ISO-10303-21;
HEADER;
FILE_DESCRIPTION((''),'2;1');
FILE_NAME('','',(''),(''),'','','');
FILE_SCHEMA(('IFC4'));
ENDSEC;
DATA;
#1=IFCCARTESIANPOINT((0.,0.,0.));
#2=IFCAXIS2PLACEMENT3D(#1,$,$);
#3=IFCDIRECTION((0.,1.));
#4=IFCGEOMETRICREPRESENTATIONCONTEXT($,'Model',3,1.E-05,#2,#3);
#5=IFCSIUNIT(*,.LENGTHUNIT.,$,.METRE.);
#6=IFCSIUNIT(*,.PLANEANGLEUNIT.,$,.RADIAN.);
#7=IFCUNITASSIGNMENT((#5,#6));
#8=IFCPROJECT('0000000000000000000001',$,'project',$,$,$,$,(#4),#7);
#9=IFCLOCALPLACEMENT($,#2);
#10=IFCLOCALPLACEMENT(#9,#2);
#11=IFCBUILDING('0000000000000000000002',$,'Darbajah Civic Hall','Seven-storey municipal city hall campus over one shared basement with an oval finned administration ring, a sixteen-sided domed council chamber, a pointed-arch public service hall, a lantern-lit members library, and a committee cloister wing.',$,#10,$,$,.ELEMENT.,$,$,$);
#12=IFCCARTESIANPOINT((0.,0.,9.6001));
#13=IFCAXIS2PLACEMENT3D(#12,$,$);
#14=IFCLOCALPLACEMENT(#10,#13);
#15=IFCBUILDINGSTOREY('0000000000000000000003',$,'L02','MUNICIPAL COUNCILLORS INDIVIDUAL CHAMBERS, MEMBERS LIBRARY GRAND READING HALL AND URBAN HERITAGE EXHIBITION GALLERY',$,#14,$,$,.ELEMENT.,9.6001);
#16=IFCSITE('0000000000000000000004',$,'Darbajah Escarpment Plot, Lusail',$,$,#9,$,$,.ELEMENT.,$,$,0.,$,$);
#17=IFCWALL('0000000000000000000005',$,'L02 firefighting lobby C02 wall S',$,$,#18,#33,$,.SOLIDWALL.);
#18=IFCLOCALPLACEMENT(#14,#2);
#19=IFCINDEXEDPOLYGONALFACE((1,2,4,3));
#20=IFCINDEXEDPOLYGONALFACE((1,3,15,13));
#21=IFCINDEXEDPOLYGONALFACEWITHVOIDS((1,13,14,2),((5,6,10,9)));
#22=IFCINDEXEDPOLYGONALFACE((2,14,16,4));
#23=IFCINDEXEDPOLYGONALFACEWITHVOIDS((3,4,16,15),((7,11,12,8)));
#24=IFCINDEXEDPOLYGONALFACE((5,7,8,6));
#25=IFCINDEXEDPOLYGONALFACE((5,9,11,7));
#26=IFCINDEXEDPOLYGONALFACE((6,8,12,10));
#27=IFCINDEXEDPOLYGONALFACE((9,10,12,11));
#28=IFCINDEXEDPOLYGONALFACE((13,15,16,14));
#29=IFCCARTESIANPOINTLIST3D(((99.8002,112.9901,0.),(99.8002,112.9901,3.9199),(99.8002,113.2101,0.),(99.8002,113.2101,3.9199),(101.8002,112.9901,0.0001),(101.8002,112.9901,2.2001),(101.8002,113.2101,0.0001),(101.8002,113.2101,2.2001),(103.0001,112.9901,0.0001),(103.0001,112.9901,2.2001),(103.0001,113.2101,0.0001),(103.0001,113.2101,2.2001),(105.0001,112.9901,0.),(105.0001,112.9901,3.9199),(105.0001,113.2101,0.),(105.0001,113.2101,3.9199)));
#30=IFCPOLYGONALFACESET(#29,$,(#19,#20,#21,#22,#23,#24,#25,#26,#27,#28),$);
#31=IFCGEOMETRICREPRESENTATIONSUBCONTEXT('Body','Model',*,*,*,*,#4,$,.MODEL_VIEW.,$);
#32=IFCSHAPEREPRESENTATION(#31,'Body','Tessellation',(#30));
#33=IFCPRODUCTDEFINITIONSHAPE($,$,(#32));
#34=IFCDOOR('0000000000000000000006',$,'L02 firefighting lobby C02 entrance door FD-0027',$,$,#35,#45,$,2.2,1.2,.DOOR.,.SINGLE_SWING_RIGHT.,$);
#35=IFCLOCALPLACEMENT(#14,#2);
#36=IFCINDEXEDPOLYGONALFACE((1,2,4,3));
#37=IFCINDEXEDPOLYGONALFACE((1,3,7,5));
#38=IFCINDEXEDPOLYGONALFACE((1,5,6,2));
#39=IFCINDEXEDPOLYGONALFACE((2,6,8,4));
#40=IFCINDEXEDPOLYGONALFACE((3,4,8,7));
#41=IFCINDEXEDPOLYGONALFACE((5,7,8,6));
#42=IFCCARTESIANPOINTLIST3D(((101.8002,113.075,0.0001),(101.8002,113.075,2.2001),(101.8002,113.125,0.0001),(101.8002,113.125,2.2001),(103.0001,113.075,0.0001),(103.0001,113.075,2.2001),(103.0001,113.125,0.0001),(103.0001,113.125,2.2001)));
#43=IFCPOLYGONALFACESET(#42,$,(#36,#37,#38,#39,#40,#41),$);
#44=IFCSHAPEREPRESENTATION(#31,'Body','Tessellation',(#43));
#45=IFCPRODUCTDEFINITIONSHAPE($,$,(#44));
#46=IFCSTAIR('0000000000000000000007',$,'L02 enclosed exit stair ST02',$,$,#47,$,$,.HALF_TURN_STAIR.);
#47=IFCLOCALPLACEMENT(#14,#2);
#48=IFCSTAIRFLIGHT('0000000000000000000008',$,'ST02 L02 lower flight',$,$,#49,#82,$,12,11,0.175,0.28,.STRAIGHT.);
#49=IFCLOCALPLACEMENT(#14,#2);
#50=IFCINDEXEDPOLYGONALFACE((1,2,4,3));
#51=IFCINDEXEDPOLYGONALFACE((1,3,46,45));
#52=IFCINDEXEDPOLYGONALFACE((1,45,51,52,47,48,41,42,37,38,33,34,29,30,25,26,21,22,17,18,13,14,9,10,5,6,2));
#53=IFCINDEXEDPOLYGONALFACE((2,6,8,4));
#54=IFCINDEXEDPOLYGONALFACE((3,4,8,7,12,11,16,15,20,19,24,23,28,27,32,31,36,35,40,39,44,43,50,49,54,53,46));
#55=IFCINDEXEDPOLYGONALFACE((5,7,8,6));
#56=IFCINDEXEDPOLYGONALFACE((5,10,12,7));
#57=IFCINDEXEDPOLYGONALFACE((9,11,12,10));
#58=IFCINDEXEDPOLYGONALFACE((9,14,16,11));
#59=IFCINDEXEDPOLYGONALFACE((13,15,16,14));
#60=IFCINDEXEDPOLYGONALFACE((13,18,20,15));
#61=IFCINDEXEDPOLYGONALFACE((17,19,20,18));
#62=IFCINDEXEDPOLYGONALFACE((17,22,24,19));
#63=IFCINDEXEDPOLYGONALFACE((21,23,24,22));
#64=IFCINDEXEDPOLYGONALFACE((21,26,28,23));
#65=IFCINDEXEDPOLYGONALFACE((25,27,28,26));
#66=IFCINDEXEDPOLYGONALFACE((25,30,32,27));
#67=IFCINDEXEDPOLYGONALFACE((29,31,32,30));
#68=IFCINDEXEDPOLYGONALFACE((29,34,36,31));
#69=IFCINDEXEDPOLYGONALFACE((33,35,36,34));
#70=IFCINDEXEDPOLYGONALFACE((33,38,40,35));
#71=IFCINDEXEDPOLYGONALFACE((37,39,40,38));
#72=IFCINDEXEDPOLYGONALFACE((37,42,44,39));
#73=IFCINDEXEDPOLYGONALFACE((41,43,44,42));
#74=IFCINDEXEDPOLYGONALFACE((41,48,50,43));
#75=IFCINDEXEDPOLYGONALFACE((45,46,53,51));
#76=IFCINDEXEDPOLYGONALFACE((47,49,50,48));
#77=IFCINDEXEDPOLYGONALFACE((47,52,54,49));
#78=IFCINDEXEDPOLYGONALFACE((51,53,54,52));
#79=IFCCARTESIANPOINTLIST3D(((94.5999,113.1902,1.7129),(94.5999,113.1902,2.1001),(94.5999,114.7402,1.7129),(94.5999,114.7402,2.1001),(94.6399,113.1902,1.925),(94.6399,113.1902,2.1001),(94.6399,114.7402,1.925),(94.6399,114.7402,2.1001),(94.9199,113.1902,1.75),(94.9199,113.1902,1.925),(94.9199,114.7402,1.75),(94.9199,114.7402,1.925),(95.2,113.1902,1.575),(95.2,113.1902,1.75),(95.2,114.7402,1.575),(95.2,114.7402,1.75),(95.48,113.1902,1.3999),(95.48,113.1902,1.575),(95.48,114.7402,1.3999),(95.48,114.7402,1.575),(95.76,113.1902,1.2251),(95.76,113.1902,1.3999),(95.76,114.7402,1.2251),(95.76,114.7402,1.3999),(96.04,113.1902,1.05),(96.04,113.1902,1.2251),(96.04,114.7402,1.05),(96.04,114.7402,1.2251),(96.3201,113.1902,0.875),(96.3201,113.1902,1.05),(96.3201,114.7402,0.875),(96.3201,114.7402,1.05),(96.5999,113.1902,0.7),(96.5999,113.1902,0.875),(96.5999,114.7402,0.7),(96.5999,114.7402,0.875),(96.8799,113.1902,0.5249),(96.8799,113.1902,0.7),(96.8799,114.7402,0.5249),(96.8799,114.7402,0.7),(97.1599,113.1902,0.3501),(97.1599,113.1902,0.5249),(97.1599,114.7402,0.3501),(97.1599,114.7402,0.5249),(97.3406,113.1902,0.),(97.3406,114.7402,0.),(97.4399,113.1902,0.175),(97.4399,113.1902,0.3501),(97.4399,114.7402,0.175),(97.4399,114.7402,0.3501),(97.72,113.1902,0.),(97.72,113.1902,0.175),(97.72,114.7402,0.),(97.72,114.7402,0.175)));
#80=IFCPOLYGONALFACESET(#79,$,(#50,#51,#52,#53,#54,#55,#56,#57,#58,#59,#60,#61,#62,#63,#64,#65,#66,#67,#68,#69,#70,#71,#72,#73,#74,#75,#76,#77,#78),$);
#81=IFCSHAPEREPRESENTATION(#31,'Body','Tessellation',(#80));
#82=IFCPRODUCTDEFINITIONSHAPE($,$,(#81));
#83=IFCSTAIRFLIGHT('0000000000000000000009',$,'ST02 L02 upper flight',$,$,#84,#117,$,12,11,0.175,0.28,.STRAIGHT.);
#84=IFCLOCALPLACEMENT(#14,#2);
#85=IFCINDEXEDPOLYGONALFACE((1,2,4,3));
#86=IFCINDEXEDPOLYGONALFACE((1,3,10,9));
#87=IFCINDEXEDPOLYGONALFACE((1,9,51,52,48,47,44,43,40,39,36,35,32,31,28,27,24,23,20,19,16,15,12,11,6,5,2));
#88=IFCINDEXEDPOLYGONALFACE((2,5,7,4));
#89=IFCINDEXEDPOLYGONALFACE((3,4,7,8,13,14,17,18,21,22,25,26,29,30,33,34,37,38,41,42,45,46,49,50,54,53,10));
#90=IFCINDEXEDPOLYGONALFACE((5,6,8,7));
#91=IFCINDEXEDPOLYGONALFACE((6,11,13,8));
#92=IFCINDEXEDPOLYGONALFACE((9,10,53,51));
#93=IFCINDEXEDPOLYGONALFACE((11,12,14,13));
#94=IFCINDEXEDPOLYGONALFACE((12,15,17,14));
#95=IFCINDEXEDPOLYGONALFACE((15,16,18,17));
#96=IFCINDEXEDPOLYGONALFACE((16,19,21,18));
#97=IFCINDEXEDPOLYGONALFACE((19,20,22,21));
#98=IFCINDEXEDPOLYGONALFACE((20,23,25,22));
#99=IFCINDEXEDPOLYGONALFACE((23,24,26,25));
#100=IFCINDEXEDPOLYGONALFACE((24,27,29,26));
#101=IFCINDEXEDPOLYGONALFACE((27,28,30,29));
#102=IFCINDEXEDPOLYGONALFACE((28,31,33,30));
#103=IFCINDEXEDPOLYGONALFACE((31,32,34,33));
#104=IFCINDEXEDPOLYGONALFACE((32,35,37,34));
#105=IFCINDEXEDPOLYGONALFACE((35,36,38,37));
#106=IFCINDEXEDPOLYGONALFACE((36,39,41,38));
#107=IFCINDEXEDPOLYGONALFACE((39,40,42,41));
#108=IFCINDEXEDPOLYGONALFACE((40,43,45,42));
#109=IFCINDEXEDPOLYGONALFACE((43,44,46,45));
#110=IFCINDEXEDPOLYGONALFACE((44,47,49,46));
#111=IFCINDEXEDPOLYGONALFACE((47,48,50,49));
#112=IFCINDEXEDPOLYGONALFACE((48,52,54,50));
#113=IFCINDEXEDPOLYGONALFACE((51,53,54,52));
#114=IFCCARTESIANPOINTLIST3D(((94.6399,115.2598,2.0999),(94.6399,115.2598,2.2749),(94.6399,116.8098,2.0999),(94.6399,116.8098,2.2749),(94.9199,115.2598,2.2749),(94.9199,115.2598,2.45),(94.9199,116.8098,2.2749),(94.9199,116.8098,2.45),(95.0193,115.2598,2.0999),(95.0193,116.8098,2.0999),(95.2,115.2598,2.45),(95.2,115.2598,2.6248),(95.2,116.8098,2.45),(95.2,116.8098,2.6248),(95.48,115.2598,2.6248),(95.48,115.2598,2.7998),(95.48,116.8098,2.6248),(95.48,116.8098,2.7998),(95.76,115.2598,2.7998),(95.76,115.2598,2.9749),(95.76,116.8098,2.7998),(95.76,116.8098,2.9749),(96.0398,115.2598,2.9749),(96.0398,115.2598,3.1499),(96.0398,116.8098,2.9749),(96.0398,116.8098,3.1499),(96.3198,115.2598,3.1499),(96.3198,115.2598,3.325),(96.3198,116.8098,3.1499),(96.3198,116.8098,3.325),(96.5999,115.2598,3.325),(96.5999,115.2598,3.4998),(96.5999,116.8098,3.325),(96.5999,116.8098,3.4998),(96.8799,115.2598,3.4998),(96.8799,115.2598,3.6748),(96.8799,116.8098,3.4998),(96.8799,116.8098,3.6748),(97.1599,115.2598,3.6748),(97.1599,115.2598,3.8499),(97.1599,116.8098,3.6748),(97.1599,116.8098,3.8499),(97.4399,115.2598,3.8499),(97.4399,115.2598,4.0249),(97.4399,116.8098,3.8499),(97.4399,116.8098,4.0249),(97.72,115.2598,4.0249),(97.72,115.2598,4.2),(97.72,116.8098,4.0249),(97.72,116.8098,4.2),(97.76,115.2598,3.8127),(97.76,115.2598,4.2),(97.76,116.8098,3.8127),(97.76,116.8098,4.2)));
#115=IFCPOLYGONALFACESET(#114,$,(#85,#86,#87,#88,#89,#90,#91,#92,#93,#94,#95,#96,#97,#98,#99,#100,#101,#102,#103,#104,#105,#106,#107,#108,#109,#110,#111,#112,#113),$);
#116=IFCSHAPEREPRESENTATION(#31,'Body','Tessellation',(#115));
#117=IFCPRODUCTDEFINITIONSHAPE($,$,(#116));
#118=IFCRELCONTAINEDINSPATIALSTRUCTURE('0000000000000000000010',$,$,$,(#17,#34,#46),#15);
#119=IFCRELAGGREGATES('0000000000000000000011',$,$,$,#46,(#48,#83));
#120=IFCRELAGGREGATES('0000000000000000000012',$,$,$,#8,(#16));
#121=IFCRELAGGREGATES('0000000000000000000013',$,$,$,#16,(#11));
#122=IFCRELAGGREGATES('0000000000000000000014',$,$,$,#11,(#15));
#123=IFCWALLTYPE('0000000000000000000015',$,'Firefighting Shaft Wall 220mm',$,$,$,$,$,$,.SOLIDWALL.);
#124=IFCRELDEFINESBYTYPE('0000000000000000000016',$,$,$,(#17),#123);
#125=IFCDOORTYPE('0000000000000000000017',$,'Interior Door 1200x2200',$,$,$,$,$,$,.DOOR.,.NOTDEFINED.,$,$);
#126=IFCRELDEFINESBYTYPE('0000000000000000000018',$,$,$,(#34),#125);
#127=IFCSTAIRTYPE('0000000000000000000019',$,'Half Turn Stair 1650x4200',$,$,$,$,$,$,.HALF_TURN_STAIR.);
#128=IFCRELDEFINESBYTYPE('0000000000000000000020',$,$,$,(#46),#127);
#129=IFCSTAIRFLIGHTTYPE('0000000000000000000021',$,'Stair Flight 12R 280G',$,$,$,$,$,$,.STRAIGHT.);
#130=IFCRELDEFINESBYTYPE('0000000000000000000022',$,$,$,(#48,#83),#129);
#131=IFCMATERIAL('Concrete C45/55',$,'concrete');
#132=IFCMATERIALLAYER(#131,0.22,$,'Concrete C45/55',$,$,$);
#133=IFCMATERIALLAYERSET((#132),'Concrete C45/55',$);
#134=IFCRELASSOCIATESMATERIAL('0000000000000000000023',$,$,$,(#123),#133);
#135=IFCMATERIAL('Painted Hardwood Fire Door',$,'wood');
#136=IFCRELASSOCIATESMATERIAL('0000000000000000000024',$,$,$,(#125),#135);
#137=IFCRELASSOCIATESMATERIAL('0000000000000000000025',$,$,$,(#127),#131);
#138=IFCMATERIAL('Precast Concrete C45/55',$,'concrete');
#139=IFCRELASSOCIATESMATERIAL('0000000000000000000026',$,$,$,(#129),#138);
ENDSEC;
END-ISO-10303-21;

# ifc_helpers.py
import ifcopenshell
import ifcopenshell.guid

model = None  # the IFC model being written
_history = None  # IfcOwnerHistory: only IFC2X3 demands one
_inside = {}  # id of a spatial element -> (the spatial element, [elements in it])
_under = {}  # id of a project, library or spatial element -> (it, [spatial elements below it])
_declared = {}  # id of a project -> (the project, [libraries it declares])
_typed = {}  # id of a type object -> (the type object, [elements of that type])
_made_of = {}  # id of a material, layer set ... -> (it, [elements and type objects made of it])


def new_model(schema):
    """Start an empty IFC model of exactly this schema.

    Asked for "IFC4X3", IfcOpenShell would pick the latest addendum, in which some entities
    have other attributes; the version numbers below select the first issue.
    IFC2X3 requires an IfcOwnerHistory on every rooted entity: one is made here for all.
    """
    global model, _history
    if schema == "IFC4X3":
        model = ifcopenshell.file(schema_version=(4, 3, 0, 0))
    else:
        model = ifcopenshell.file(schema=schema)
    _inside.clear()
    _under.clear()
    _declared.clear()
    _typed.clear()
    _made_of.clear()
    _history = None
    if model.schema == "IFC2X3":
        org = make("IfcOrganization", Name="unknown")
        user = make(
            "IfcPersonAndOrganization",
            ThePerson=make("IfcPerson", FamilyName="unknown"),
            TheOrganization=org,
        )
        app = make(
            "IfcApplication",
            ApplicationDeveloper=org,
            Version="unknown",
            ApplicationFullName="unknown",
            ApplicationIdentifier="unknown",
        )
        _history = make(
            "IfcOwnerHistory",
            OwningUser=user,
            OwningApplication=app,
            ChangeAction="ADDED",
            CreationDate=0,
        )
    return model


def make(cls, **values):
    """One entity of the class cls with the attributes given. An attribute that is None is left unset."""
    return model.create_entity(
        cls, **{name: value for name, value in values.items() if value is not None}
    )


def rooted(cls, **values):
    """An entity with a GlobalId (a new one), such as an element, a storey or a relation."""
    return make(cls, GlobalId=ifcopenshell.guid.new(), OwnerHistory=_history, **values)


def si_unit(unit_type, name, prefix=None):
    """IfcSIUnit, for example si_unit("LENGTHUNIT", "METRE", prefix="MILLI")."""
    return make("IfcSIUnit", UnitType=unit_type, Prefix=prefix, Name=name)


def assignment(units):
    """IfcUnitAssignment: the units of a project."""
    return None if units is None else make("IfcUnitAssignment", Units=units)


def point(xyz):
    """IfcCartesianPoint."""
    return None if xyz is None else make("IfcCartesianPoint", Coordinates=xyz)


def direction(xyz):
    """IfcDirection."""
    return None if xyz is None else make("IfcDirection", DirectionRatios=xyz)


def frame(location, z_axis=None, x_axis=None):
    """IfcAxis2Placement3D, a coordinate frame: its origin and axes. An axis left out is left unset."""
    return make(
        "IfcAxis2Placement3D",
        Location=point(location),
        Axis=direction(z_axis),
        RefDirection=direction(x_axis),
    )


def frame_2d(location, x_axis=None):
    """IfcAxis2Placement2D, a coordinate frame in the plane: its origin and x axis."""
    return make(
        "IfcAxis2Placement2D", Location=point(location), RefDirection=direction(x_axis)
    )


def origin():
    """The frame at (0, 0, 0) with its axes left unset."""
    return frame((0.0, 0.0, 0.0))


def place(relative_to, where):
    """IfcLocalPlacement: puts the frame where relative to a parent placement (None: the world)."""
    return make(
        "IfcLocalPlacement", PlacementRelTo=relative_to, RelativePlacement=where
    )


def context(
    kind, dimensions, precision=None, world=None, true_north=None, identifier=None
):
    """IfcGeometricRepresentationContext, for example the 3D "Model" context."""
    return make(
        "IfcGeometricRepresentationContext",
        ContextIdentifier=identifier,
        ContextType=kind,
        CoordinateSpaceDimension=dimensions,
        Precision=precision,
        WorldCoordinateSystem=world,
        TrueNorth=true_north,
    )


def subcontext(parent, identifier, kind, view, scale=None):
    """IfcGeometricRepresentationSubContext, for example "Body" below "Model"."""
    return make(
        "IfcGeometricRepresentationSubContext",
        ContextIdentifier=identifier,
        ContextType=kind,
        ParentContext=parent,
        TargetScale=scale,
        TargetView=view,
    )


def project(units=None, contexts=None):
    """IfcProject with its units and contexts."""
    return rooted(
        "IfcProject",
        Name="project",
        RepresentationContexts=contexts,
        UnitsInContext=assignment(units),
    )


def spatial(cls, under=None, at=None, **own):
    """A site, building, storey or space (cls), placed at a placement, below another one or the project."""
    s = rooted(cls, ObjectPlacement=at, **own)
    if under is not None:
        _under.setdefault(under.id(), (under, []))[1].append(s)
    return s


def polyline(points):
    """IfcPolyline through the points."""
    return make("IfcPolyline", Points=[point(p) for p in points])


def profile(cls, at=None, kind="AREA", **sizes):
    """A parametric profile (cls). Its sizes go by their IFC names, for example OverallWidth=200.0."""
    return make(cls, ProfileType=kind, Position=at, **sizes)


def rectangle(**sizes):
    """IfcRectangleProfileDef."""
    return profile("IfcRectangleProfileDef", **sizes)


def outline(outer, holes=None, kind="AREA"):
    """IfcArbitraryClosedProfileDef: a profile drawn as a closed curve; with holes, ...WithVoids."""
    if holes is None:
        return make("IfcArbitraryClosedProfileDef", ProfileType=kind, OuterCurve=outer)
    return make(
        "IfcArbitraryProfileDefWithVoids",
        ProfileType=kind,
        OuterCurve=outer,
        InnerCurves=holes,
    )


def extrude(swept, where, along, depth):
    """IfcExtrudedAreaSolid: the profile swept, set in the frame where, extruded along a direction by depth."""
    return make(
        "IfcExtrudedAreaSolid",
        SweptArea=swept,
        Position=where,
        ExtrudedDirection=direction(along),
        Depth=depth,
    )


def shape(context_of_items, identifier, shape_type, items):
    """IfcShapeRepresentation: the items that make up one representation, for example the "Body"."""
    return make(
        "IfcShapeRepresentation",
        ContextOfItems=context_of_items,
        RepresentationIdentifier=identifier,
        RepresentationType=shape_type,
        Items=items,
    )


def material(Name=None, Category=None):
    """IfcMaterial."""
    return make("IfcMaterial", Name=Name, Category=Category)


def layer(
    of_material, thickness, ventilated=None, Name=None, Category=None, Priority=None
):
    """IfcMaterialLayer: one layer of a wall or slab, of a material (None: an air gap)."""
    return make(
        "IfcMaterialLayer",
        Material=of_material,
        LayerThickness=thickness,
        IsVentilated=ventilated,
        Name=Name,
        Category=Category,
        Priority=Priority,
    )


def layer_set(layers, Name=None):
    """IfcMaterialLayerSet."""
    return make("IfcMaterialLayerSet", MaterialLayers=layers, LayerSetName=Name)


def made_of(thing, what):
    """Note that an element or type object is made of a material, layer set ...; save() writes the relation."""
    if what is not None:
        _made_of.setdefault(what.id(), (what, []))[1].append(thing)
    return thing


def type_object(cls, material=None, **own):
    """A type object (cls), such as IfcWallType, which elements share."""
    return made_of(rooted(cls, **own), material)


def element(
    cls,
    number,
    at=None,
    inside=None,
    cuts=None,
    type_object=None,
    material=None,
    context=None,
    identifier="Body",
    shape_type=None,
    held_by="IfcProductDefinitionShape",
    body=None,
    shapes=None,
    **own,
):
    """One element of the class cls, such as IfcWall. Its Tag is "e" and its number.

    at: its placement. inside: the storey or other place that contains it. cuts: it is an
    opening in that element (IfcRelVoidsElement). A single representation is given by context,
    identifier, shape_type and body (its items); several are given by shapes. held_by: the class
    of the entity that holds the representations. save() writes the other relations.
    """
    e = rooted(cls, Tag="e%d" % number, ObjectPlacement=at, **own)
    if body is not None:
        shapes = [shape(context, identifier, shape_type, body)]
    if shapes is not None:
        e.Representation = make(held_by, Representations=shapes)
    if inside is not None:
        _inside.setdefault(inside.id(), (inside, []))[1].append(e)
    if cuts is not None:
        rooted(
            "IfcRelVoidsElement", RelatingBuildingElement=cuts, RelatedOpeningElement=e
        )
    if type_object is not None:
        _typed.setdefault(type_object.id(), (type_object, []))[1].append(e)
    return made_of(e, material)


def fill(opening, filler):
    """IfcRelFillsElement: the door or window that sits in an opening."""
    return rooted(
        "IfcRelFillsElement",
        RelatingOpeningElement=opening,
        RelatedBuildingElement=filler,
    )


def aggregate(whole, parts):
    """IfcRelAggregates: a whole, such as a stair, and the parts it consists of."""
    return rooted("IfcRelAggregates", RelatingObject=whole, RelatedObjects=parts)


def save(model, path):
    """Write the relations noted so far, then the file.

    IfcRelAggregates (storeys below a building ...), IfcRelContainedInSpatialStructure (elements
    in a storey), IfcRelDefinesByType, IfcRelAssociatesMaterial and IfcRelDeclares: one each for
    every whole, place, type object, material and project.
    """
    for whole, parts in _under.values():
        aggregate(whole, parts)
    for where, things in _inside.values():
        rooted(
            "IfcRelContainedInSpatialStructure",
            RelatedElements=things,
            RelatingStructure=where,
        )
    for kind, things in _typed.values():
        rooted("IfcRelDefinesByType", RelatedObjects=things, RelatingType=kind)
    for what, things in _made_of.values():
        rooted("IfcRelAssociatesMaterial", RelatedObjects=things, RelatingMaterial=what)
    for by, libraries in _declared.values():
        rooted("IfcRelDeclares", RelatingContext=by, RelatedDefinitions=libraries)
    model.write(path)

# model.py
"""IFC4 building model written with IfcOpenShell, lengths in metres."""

from ifc_helpers import new_model, si_unit, direction, frame, frame_2d, origin, place, context, subcontext, project, spatial, polyline, rectangle, outline, extrude, material, layer, layer_set, type_object, element, fill, aggregate, save


model = new_model("IFC4")

# Units and contexts
model_context = context("Model", 3, precision=1e-05, world=origin(), true_north=direction((0.0, 1.0)))
body_context = subcontext(model_context, "Body", "Model", "MODEL_VIEW")
ifc_project = project(units=[si_unit("LENGTHUNIT", "METRE"), si_unit("PLANEANGLEUNIT", "RADIAN")], contexts=[model_context])

# Site, building, storey
site_placement = place(None, origin())
site = spatial("IfcSite", under=ifc_project, at=site_placement, Name="Darbajah Escarpment Plot, Lusail", CompositionType="ELEMENT", RefElevation=0.0)
building_placement = place(site_placement, origin())
building = spatial("IfcBuilding", under=site, at=building_placement, Name="Darbajah Civic Hall", Description="Seven-storey municipal city hall campus over one shared basement with an oval finned administration ring, a sixteen-sided domed council chamber, a pointed-arch public service hall, a lantern-lit members library, and a committee cloister wing.", CompositionType="ELEMENT")
storey_placement = place(building_placement, frame((0.0, 0.0, 9.6001)))
storey = spatial("IfcBuildingStorey", under=building, at=storey_placement, Name="L02", Description="MUNICIPAL COUNCILLORS INDIVIDUAL CHAMBERS, MEMBERS LIBRARY GRAND READING HALL AND URBAN HERITAGE EXHIBITION GALLERY", CompositionType="ELEMENT", Elevation=9.6001)

# Shared definitions
ifc_material_1 = material(Name="Concrete C45/55", Category="concrete")

# Wall, opening, door
ifc_layer_1 = layer(ifc_material_1, 0.22, Name="Concrete C45/55")
ifc_layer_set_1 = layer_set([ifc_layer_1], Name="Concrete C45/55")
wall_type_1 = type_object("IfcWallType", Name="Firefighting Shaft Wall 220mm", PredefinedType="SOLIDWALL", material=ifc_layer_set_1)
wall_1_placement = place(storey_placement, frame((99.8, 113.1001, 0.0), z_axis=(0.0, 0.0, 1.0), x_axis=(1.0, 0.0, 0.0)))
wall_1 = element("IfcWall", 1, at=wall_1_placement, inside=storey, type_object=wall_type_1, Name="L02 firefighting lobby C02 wall S", PredefinedType="SOLIDWALL", context=body_context, shape_type="SweptSolid", body=[
    extrude(rectangle(XDim=5.2, YDim=0.22, at=frame_2d((2.6001, 0.0))), origin(), (0.0, 0.0, 1.0), 3.9199),
])
opening_1_placement = place(wall_1_placement, frame((2.0, 0.0, 0.0)))
opening_1 = element("IfcOpeningElement", 2, at=opening_1_placement, cuts=wall_1, PredefinedType="OPENING", context=body_context, shape_type="SweptSolid", body=[
    extrude(rectangle(XDim=1.2, YDim=2.2, at=frame_2d((0.6001, 1.1001))), frame((0.0, 0.1199, 0.0), z_axis=(0.0, -1.0, 0.0), x_axis=(1.0, 0.0, 0.0)), (0.0, 0.0, 1.0), 0.24),
])
ifc_material_2 = material(Name="Painted Hardwood Fire Door", Category="wood")
door_type_1 = type_object("IfcDoorType", Name="Interior Door 1200x2200", OperationType="NOTDEFINED", PredefinedType="DOOR", material=ifc_material_2)
door_1_placement = place(opening_1_placement, origin())
door_1 = element("IfcDoor", 3, at=door_1_placement, inside=storey, type_object=door_type_1, Name="L02 firefighting lobby C02 entrance door FD-0027", OperationType="SINGLE_SWING_RIGHT", OverallHeight=2.2, OverallWidth=1.2, PredefinedType="DOOR", context=body_context, shape_type="SweptSolid", body=[
    extrude(rectangle(XDim=1.2, YDim=2.2, at=frame_2d((0.6001, 1.1001))), frame((0.0, 0.0249, 0.0), z_axis=(0.0, -1.0, 0.0), x_axis=(1.0, 0.0, 0.0)), (0.0, 0.0, 1.0), 0.05),
])
fill(opening_1, door_1)

# Stair, stair flights
stair_type = type_object("IfcStairType", Name="Half Turn Stair 1650x4200", PredefinedType="HALF_TURN_STAIR", material=ifc_material_1)
stair_placement = place(storey_placement, origin())
stair = element("IfcStair", 4, at=stair_placement, inside=storey, type_object=stair_type, Name="L02 enclosed exit stair ST02", PredefinedType="HALF_TURN_STAIR")
ifc_material_3 = material(Name="Precast Concrete C45/55", Category="concrete")
stair_flight_type = type_object("IfcStairFlightType", Name="Stair Flight 12R 280G", PredefinedType="STRAIGHT", material=ifc_material_3)
stair_flight_1_placement = place(storey_placement, frame((97.72, 113.9651, 0.0), z_axis=(0.0, 0.0, 1.0), x_axis=(-1.0, 0.0, 0.0)))
stair_flight_1 = element("IfcStairFlight", 5, at=stair_flight_1_placement, type_object=stair_flight_type, Name="ST02 L02 lower flight", NumberOfRisers=12, NumberOfTreads=11, PredefinedType="STRAIGHT", RiserHeight=0.175, TreadLength=0.28, context=body_context, shape_type="SweptSolid", body=[
    extrude(outline(polyline([(0.0, 0.0), (0.0, 0.175), (0.28, 0.175), (0.28, 0.3501), (0.5601, 0.3501), (0.5601, 0.5249), (0.8401, 0.5249), (0.8401, 0.7), (1.1201, 0.7), (1.1201, 0.875), (1.3999, 0.875), (1.3999, 1.05), (1.6799, 1.05), (1.6799, 1.2251), (1.96, 1.2251), (1.96, 1.3999), (2.24, 1.3999), (2.24, 1.575), (2.52, 1.575), (2.52, 1.75), (2.8, 1.75), (2.8, 1.925), (3.0801, 1.925), (3.0801, 2.1001), (3.1201, 2.1001), (3.1201, 1.7129), (0.3794, 0.0), (0.0, 0.0)])), frame((0.0, 0.7749, 0.0), z_axis=(0.0, -1.0, 0.0), x_axis=(1.0, 0.0, 0.0)), (0.0, 0.0, 1.0), 1.55),
])
stair_flight_2_placement = place(storey_placement, frame((94.6399, 116.0349, 2.0999), z_axis=(0.0, 0.0, 1.0), x_axis=(1.0, 0.0, 0.0)))
stair_flight_2 = element("IfcStairFlight", 6, at=stair_flight_2_placement, type_object=stair_flight_type, Name="ST02 L02 upper flight", NumberOfRisers=12, NumberOfTreads=11, PredefinedType="STRAIGHT", RiserHeight=0.175, TreadLength=0.28, context=body_context, shape_type="SweptSolid", body=[
    extrude(outline(polyline([(0.0, 0.0), (0.0, 0.175), (0.28, 0.175), (0.28, 0.3501), (0.5601, 0.3501), (0.5601, 0.5249), (0.8401, 0.5249), (0.8401, 0.7), (1.1201, 0.7), (1.1201, 0.875), (1.3999, 0.875), (1.3999, 1.05), (1.6799, 1.05), (1.6799, 1.2251), (1.96, 1.2251), (1.96, 1.3999), (2.24, 1.3999), (2.24, 1.575), (2.52, 1.575), (2.52, 1.75), (2.8, 1.75), (2.8, 1.925), (3.0801, 1.925), (3.0801, 2.1001), (3.1201, 2.1001), (3.1201, 1.7129), (0.3794, 0.0), (0.0, 0.0)])), frame((0.0, 0.7749, 0.0), z_axis=(0.0, -1.0, 0.0), x_axis=(1.0, 0.0, 0.0)), (0.0, 0.0, 1.0), 1.55),
])
aggregate(stair, [stair_flight_1, stair_flight_2])

save(model, "model.ifc")
